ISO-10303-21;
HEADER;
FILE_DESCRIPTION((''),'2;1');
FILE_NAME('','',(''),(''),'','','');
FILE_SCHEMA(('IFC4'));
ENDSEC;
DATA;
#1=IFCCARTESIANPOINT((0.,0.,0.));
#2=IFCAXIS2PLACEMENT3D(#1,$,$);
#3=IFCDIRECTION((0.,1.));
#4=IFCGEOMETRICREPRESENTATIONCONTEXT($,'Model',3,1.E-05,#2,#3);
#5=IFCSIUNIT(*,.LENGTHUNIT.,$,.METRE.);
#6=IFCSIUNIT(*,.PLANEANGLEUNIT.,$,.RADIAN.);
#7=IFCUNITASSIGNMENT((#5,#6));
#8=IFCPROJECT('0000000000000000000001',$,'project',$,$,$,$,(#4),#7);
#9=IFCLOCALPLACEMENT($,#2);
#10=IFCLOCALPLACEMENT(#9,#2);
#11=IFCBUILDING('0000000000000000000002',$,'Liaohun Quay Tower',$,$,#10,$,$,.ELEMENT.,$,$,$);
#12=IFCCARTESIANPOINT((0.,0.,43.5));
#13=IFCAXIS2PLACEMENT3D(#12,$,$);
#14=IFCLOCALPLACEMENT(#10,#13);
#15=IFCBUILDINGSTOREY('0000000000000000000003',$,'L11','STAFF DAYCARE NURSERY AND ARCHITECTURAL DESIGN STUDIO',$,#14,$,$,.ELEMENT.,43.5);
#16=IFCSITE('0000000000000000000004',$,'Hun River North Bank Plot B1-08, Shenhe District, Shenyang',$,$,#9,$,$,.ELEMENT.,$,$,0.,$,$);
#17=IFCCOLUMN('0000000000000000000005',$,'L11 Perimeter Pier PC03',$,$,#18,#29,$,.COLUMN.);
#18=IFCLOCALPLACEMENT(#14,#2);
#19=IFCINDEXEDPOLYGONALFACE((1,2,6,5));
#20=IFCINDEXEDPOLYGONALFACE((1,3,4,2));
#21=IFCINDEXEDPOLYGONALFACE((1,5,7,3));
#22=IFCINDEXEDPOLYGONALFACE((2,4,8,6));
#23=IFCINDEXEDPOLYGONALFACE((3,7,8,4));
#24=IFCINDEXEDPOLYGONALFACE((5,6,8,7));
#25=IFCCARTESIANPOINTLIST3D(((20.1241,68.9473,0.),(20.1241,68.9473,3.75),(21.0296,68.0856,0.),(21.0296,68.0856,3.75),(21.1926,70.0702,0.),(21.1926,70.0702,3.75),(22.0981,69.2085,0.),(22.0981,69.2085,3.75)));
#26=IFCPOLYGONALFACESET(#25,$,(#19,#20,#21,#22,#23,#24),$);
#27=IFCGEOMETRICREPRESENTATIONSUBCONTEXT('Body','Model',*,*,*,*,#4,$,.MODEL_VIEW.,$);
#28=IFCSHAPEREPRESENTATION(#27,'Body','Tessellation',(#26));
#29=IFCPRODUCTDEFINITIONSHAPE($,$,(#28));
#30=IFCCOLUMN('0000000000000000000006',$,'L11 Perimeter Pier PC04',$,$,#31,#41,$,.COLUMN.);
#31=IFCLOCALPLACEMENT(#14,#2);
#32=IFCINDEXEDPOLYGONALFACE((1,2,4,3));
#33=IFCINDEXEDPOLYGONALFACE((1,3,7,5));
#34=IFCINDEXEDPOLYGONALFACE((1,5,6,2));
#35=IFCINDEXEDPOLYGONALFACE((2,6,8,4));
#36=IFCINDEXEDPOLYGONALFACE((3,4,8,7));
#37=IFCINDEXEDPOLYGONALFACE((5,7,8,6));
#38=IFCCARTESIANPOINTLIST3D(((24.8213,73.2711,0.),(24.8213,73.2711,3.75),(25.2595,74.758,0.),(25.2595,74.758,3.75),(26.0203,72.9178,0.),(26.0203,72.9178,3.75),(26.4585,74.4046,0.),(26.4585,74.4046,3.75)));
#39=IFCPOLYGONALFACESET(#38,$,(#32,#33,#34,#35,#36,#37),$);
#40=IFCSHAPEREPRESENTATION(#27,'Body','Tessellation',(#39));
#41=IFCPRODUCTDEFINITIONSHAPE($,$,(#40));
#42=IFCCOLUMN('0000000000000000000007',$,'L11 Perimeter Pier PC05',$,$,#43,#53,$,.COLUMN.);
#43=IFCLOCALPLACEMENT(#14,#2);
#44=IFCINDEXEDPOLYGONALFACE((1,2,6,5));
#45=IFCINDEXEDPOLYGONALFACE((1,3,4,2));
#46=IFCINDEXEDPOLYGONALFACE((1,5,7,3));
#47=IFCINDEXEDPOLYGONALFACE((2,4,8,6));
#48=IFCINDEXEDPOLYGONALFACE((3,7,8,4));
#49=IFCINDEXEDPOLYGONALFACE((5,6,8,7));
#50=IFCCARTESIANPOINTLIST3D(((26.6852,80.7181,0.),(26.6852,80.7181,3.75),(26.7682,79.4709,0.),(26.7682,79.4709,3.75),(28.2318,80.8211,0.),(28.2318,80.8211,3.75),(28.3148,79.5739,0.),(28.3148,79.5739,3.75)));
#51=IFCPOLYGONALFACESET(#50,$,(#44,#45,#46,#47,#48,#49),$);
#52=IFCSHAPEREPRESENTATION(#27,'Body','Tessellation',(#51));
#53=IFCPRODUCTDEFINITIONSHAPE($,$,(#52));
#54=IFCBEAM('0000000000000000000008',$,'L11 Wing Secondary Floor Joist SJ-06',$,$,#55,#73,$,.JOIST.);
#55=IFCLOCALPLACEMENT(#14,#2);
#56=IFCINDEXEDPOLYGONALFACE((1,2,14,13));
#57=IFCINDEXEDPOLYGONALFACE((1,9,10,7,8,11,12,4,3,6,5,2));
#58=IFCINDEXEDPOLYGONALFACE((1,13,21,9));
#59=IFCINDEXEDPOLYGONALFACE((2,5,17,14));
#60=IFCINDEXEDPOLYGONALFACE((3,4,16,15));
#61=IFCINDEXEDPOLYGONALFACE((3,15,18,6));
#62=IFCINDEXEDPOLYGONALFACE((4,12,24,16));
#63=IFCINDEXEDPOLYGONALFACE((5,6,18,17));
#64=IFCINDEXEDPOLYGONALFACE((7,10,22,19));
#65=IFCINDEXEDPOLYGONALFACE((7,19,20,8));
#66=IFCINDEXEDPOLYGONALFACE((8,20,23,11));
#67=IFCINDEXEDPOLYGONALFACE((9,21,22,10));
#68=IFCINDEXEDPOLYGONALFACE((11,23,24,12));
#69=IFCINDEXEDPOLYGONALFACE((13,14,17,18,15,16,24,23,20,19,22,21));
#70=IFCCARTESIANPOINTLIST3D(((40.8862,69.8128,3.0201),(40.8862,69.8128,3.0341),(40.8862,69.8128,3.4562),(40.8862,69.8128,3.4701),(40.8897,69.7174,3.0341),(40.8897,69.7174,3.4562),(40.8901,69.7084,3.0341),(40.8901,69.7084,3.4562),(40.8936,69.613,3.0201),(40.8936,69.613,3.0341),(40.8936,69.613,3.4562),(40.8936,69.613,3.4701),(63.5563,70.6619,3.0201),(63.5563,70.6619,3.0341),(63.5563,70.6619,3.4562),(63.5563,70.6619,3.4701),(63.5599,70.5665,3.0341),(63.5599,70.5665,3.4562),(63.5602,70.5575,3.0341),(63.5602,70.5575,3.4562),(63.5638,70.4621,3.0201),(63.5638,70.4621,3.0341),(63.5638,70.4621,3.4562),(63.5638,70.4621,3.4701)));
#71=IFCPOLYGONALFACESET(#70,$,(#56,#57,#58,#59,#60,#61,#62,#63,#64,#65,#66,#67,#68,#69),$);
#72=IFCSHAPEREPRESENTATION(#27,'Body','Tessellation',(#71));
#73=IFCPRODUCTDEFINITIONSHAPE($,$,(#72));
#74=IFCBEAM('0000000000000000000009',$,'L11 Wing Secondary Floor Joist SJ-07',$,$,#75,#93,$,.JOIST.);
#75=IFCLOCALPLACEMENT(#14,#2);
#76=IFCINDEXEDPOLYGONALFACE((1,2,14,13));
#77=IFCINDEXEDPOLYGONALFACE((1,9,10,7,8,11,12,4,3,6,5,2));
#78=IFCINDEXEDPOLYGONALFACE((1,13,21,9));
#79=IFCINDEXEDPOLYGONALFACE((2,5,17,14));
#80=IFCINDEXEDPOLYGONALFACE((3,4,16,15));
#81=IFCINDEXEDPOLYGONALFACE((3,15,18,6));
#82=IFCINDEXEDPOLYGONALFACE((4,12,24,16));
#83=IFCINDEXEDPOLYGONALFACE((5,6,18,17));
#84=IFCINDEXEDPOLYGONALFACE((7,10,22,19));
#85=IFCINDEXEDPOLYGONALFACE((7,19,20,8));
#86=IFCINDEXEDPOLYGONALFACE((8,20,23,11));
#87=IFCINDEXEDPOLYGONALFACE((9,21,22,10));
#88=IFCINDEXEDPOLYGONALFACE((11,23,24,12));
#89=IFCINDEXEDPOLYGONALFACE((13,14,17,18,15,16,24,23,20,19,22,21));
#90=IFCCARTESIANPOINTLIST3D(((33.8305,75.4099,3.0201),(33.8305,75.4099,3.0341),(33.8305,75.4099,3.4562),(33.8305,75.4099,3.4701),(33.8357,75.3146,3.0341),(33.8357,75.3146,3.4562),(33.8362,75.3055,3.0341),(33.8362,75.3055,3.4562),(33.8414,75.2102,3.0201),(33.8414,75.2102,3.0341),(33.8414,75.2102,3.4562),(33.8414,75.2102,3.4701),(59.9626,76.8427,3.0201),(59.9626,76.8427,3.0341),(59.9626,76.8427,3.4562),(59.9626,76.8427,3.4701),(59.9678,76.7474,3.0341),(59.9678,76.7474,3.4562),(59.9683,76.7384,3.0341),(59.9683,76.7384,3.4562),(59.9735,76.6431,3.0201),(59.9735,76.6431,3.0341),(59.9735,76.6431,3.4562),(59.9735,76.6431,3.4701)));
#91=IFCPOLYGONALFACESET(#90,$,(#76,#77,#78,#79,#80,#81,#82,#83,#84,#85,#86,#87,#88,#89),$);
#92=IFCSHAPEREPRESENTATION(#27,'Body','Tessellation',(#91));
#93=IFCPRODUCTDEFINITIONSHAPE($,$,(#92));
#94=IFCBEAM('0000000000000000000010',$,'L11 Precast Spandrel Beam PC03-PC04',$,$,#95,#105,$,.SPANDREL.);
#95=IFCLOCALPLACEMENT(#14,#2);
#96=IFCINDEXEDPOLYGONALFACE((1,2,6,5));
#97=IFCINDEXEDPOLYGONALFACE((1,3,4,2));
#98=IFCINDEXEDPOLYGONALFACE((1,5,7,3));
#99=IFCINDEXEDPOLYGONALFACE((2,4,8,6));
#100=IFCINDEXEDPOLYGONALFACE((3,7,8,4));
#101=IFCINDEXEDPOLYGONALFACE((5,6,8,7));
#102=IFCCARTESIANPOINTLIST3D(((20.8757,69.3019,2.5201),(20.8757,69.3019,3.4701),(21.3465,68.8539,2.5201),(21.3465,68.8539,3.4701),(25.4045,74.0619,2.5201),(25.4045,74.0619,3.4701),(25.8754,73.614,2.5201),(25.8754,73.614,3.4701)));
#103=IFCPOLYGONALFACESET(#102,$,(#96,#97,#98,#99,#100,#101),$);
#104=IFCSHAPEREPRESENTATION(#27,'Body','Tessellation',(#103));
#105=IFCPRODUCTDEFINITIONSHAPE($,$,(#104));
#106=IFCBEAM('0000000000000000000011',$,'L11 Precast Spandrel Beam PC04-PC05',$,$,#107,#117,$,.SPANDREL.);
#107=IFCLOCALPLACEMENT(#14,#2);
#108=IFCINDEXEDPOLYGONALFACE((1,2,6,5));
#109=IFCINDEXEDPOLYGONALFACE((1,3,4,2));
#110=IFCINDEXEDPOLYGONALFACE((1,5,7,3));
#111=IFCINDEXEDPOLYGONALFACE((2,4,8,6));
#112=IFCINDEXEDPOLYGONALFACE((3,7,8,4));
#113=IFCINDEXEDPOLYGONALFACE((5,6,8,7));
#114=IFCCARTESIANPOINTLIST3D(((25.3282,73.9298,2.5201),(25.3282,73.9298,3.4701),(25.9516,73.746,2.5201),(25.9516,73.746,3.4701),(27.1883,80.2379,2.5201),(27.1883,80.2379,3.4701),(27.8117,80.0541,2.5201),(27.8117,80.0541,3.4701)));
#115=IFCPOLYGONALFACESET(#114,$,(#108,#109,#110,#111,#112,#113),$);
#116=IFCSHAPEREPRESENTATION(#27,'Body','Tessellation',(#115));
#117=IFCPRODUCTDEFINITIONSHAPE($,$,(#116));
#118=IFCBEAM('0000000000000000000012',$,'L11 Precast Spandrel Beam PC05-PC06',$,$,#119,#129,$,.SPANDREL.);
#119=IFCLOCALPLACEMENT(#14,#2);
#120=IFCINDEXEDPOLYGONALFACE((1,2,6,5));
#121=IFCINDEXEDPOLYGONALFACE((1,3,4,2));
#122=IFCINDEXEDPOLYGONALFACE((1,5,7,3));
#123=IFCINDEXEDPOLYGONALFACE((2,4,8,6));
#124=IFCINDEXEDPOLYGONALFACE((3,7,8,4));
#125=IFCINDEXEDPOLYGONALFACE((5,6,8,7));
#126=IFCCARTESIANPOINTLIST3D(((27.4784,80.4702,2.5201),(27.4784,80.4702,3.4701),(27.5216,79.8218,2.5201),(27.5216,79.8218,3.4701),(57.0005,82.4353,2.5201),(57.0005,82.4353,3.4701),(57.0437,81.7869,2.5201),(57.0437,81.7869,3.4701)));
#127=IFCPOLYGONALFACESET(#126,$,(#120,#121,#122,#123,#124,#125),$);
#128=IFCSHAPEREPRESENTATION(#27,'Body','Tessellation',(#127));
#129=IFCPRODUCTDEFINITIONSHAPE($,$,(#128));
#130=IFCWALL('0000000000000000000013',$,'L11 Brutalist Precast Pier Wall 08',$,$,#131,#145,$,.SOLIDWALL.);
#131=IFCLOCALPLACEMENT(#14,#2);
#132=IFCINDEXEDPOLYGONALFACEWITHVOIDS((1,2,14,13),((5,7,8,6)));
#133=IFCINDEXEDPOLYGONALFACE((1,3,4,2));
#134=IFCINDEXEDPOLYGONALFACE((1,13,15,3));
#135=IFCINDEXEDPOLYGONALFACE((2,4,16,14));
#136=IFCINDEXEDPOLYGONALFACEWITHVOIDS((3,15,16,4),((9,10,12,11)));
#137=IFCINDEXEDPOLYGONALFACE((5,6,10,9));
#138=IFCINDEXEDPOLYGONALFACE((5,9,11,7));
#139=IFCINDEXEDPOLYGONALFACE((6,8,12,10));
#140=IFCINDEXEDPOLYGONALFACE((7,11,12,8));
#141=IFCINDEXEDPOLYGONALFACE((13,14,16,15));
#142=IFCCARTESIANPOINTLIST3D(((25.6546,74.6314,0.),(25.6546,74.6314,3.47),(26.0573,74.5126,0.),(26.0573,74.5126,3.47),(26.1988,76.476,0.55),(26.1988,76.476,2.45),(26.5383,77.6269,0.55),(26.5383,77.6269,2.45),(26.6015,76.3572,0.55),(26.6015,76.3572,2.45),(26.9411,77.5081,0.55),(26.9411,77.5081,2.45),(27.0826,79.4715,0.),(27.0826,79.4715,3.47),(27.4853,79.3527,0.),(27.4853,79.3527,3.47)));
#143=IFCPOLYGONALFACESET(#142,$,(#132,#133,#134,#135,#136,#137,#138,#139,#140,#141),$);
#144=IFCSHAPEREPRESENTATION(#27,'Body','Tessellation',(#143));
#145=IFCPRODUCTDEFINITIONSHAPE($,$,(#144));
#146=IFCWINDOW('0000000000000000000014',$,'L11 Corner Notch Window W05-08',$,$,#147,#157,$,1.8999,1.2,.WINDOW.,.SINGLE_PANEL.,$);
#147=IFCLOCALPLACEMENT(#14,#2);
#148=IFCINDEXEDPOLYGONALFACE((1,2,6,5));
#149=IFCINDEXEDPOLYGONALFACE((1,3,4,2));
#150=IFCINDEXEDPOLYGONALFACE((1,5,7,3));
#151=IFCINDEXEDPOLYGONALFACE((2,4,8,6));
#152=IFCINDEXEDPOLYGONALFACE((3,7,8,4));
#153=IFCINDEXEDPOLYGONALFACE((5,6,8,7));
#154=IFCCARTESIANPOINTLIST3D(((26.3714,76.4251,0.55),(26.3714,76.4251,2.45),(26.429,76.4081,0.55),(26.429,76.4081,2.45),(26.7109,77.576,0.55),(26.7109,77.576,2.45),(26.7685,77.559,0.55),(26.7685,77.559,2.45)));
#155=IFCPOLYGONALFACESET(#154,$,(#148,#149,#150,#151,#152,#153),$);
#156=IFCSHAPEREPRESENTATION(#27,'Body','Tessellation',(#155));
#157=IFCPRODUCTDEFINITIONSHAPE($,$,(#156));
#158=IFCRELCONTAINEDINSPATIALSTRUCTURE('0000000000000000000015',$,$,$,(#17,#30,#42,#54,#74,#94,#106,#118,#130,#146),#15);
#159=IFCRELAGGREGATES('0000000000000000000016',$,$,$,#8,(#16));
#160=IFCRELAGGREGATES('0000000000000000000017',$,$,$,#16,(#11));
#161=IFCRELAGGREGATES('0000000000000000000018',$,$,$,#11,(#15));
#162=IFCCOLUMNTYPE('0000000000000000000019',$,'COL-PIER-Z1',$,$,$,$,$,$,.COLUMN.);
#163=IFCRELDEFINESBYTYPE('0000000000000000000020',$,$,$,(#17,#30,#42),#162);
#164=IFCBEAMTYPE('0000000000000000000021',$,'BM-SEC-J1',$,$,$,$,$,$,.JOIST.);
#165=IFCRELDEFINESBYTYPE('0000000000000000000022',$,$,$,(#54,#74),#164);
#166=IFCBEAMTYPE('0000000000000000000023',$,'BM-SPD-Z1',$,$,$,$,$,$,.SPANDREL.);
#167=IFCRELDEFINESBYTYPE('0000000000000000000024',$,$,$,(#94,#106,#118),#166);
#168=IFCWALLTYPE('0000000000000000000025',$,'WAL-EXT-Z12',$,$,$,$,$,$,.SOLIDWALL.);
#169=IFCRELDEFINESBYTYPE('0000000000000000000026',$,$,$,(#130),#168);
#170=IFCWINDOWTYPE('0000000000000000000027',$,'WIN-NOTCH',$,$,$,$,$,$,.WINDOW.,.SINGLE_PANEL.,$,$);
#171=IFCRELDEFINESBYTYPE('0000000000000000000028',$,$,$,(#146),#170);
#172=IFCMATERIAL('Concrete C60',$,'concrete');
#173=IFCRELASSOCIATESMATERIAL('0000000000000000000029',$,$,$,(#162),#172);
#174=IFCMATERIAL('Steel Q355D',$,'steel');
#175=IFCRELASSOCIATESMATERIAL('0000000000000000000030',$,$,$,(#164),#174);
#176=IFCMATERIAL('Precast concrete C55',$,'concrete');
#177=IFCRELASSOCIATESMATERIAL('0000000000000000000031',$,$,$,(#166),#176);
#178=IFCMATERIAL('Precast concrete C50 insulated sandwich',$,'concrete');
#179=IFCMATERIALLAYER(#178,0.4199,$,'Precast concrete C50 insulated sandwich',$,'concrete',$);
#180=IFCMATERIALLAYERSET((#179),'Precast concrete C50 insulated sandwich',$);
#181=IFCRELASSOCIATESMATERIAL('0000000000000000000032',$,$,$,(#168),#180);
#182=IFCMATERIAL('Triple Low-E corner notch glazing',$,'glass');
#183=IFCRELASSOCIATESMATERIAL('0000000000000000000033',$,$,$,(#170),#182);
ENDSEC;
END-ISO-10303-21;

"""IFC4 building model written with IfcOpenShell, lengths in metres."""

from ifc_helpers import new_model, si_unit, direction, frame, frame_2d, origin, origin_2d, place, context, subcontext, project, spatial, rectangle, i_section, extrude, source, transform, mapped, material, layer, layer_set, material_profile, profile_set, type_object, element, fill, save


model = new_model("IFC4")

# Units and contexts
model_context = context("Model", 3, precision=1e-05, world=origin(), true_north=direction((0.0, 1.0)))
body_context = subcontext(model_context, "Body", "Model", "MODEL_VIEW")
ifc_project = project(units=[si_unit("LENGTHUNIT", "METRE"), si_unit("PLANEANGLEUNIT", "RADIAN")], contexts=[model_context])

# Site, building, storey
site_placement = place(None, origin())
site = spatial("IfcSite", under=ifc_project, at=site_placement, Name="Hun River North Bank Plot B1-08, Shenhe District, Shenyang", CompositionType="ELEMENT", RefElevation=0.0)
building_placement = place(site_placement, origin())
building = spatial("IfcBuilding", under=site, at=building_placement, Name="Liaohun Quay Tower", CompositionType="ELEMENT")
storey_placement = place(building_placement, frame((0.0, 0.0, 43.5)))
storey = spatial("IfcBuildingStorey", under=building, at=storey_placement, Name="L11", Description="STAFF DAYCARE NURSERY AND ARCHITECTURAL DESIGN STUDIO", CompositionType="ELEMENT", Elevation=43.5)

# Columns
ifc_material_1 = material(Name="Concrete C60", Category="concrete")
ifc_material_profile_1 = material_profile(ifc_material_1, rectangle(XDim=1.55, YDim=1.25, at=origin_2d()), Name="RC1550x1250")
ifc_profile_set_1 = profile_set([ifc_material_profile_1], Name="Concrete C60")
column_type = type_object("IfcColumnType", Name="COL-PIER-Z1", PredefinedType="COLUMN", material=ifc_profile_set_1)
shared_shape_1 = source(origin(), body_context, "Body", "SweptSolid", [
    extrude(rectangle(XDim=1.55, YDim=1.25, at=origin_2d()), origin(), (0.0, 0.0, 1.0), 3.75),
])
for number, where, z_axis, x_axis, name in (
    (1, (21.1111, 69.0779, 0.0), (0.0, 0.0, 1.0), (0.689367, 0.724413, 0.0), "L11 Perimeter Pier PC03"),
    (2, (25.6399, 73.8379, 0.0), (0.0, 0.0, 1.0), (0.282676, 0.959215, 0.0), "L11 Perimeter Pier PC04"),
    (3, (27.5, 80.146, 0.0), (0.0, 0.0, 1.0), (0.99779, 0.066448, 0.0), "L11 Perimeter Pier PC05"),
):
    element("IfcColumn", number, at=place(storey_placement, frame(where, z_axis=z_axis, x_axis=x_axis)), inside=storey, type_object=column_type, Name=name, PredefinedType="COLUMN", context=body_context, shape_type="MappedRepresentation", body=[
        mapped(shared_shape_1, transform((0.0, 0.0, 0.0), x_axis=(1.0, 0.0, 0.0), y_axis=(0.0, 1.0, 0.0), z_axis=(0.0, 0.0, 1.0), scale=1.0)),
    ])

# Beams
ifc_material_2 = material(Name="Steel Q355D", Category="steel")
ifc_material_profile_2 = material_profile(ifc_material_2, i_section(OverallWidth=0.2, OverallDepth=0.45, WebThickness=0.009, FlangeThickness=0.0139, at=origin_2d()), Name="HN450x200x9x14")
ifc_profile_set_2 = profile_set([ifc_material_profile_2], Name="Steel Q355D")
beam_type_1 = type_object("IfcBeamType", Name="BM-SEC-J1", PredefinedType="JOIST", material=ifc_profile_set_2)
shared_shape_2 = source(origin(), body_context, "Body", "SweptSolid", [
    extrude(i_section(OverallWidth=0.2, OverallDepth=0.45, WebThickness=0.009, FlangeThickness=0.0139, at=origin_2d()), origin(), (0.0, 0.0, 1.0), 22.686),
])
beam_1_placement = place(storey_placement, frame((40.8899, 69.7129, 3.2451), z_axis=(0.999299, 0.037429, 0.0), x_axis=(-0.037429, 0.999299, 0.0)))
element("IfcBeam", 4, at=beam_1_placement, inside=storey, type_object=beam_type_1, Name="L11 Wing Secondary Floor Joist SJ-06", PredefinedType="JOIST", context=body_context, shape_type="MappedRepresentation", body=[
    mapped(shared_shape_2, transform((0.0, 0.0, 0.0), x_axis=(1.0, 0.0, 0.0), y_axis=(0.0, 1.0, 0.0), z_axis=(0.0, 0.0, 1.0), scale=1.0)),
])
shared_shape_3 = source(origin(), body_context, "Body", "SweptSolid", [
    extrude(i_section(OverallWidth=0.2, OverallDepth=0.45, WebThickness=0.009, FlangeThickness=0.0139, at=origin_2d()), origin(), (0.0, 0.0, 1.0), 26.1714),
])
beam_2_placement = place(storey_placement, frame((33.8359, 75.3101, 3.2451), z_axis=(0.9985, 0.054749, 0.0), x_axis=(-0.054749, 0.9985, 0.0)))
element("IfcBeam", 5, at=beam_2_placement, inside=storey, type_object=beam_type_1, Name="L11 Wing Secondary Floor Joist SJ-07", PredefinedType="JOIST", context=body_context, shape_type="MappedRepresentation", body=[
    mapped(shared_shape_3, transform((0.0, 0.0, 0.0), x_axis=(1.0, 0.0, 0.0), y_axis=(0.0, 1.0, 0.0), z_axis=(0.0, 0.0, 1.0), scale=1.0)),
])
ifc_material_3 = material(Name="Precast concrete C55", Category="concrete")
ifc_material_profile_3 = material_profile(ifc_material_3, rectangle(XDim=0.6499, YDim=0.95, at=origin_2d()), Name="RC650x950")
ifc_profile_set_3 = profile_set([ifc_material_profile_3], Name="Precast concrete C55")
beam_type_2 = type_object("IfcBeamType", Name="BM-SPD-Z1", PredefinedType="SPANDREL", material=ifc_profile_set_3)
shared_shape_4 = source(origin(), body_context, "Body", "SweptSolid", [
    extrude(rectangle(XDim=0.6499, YDim=0.95, at=origin_2d()), origin(), (0.0, 0.0, 1.0), 6.5703),
])
beam_3_placement = place(storey_placement, frame((21.1111, 69.0779, 2.9951), z_axis=(0.689293, 0.724482, 0.0), x_axis=(-0.724482, 0.689293, 0.0)))
element("IfcBeam", 6, at=beam_3_placement, inside=storey, type_object=beam_type_2, Name="L11 Precast Spandrel Beam PC03-PC04", PredefinedType="SPANDREL", context=body_context, shape_type="MappedRepresentation", body=[
    mapped(shared_shape_4, transform((0.0, 0.0, 0.0), x_axis=(1.0, 0.0, 0.0), y_axis=(0.0, 1.0, 0.0), z_axis=(0.0, 0.0, 1.0), scale=1.0)),
])
shared_shape_5 = source(origin(), body_context, "Body", "SweptSolid", [
    extrude(rectangle(XDim=0.6499, YDim=0.95, at=origin_2d()), origin(), (0.0, 0.0, 1.0), 6.5767),
])
beam_4_placement = place(storey_placement, frame((25.6399, 73.8379, 2.9951), z_axis=(0.282836, 0.959168, 0.0), x_axis=(-0.959168, 0.282836, 0.0)))
element("IfcBeam", 7, at=beam_4_placement, inside=storey, type_object=beam_type_2, Name="L11 Precast Spandrel Beam PC04-PC05", PredefinedType="SPANDREL", context=body_context, shape_type="MappedRepresentation", body=[
    mapped(shared_shape_5, transform((0.0, 0.0, 0.0), x_axis=(1.0, 0.0, 0.0), y_axis=(0.0, 1.0, 0.0), z_axis=(0.0, 0.0, 1.0), scale=1.0)),
])
shared_shape_6 = source(origin(), body_context, "Body", "SweptSolid", [
    extrude(rectangle(XDim=0.6499, YDim=0.95, at=origin_2d()), origin(), (0.0, 0.0, 1.0), 29.5874),
])
beam_5_placement = place(storey_placement, frame((27.5, 80.146, 2.9951), z_axis=(0.997792, 0.066417, 0.0), x_axis=(-0.066417, 0.997792, 0.0)))
element("IfcBeam", 8, at=beam_5_placement, inside=storey, type_object=beam_type_2, Name="L11 Precast Spandrel Beam PC05-PC06", PredefinedType="SPANDREL", context=body_context, shape_type="MappedRepresentation", body=[
    mapped(shared_shape_6, transform((0.0, 0.0, 0.0), x_axis=(1.0, 0.0, 0.0), y_axis=(0.0, 1.0, 0.0), z_axis=(0.0, 0.0, 1.0), scale=1.0)),
])

# Wall, opening, window
ifc_material_4 = material(Name="Precast concrete C50 insulated sandwich", Category="concrete")
ifc_layer_1 = layer(ifc_material_4, 0.4199, Name="Precast concrete C50 insulated sandwich", Category="concrete")
ifc_layer_set_1 = layer_set([ifc_layer_1], Name="Precast concrete C50 insulated sandwich")
wall_type_1 = type_object("IfcWallType", Name="WAL-EXT-Z12", PredefinedType="SOLIDWALL", material=ifc_layer_set_1)
wall_1_placement = place(storey_placement, frame((27.2839, 79.4121, 0.0), z_axis=(0.0, 0.0, 1.0), x_axis=(-0.282973, -0.959128, 0.0)))
wall_1 = element("IfcWall", 9, at=wall_1_placement, inside=storey, type_object=wall_type_1, Name="L11 Brutalist Precast Pier Wall 08", PredefinedType="SOLIDWALL", context=body_context, shape_type="SweptSolid", body=[
    extrude(rectangle(XDim=5.0464, YDim=0.4199, at=frame_2d((2.5232, 0.0))), origin(), (0.0, 0.0, 1.0), 3.47),
])
shared_shape_7 = source(origin(), body_context, "Body", "SweptSolid", [
    extrude(rectangle(XDim=1.2, YDim=1.8999, at=frame_2d((0.6001, 0.95))), frame((0.0, 0.22, 0.0), z_axis=(0.0, -1.0, 0.0), x_axis=(1.0, 0.0, 0.0)), (0.0, 0.0, 1.0), 0.4399),
])
opening_1_placement = place(wall_1_placement, frame((1.9231, 0.0, 0.55)))
opening_1 = element("IfcOpeningElement", 10, at=opening_1_placement, cuts=wall_1, PredefinedType="OPENING", context=body_context, shape_type="MappedRepresentation", body=[
    mapped(shared_shape_7, transform((0.0, 0.0, 0.0), x_axis=(1.0, 0.0, 0.0), y_axis=(0.0, 1.0, 0.0), z_axis=(0.0, 0.0, 1.0), scale=1.0)),
])
ifc_material_5 = material(Name="Triple Low-E corner notch glazing", Category="glass")
window_type_1 = type_object("IfcWindowType", Name="WIN-NOTCH", PartitioningType="SINGLE_PANEL", PredefinedType="WINDOW", material=ifc_material_5)
shared_shape_8 = source(origin(), body_context, "Body", "SweptSolid", [
    extrude(rectangle(XDim=1.2, YDim=1.8999, at=frame_2d((0.6001, 0.95))), frame((0.0, 0.03, 0.0), z_axis=(0.0, -1.0, 0.0), x_axis=(1.0, 0.0, 0.0)), (0.0, 0.0, 1.0), 0.0601),
])
window_1_placement = place(opening_1_placement, origin())
window_1 = element("IfcWindow", 11, at=window_1_placement, inside=storey, type_object=window_type_1, Name="L11 Corner Notch Window W05-08", OverallHeight=1.8999, OverallWidth=1.2, PartitioningType="SINGLE_PANEL", PredefinedType="WINDOW", context=body_context, shape_type="MappedRepresentation", body=[
    mapped(shared_shape_8, transform((0.0, 0.0, 0.0), x_axis=(1.0, 0.0, 0.0), y_axis=(0.0, 1.0, 0.0), z_axis=(0.0, 0.0, 1.0), scale=1.0)),
])
fill(opening_1, window_1)

save(model, "model.ifc")
